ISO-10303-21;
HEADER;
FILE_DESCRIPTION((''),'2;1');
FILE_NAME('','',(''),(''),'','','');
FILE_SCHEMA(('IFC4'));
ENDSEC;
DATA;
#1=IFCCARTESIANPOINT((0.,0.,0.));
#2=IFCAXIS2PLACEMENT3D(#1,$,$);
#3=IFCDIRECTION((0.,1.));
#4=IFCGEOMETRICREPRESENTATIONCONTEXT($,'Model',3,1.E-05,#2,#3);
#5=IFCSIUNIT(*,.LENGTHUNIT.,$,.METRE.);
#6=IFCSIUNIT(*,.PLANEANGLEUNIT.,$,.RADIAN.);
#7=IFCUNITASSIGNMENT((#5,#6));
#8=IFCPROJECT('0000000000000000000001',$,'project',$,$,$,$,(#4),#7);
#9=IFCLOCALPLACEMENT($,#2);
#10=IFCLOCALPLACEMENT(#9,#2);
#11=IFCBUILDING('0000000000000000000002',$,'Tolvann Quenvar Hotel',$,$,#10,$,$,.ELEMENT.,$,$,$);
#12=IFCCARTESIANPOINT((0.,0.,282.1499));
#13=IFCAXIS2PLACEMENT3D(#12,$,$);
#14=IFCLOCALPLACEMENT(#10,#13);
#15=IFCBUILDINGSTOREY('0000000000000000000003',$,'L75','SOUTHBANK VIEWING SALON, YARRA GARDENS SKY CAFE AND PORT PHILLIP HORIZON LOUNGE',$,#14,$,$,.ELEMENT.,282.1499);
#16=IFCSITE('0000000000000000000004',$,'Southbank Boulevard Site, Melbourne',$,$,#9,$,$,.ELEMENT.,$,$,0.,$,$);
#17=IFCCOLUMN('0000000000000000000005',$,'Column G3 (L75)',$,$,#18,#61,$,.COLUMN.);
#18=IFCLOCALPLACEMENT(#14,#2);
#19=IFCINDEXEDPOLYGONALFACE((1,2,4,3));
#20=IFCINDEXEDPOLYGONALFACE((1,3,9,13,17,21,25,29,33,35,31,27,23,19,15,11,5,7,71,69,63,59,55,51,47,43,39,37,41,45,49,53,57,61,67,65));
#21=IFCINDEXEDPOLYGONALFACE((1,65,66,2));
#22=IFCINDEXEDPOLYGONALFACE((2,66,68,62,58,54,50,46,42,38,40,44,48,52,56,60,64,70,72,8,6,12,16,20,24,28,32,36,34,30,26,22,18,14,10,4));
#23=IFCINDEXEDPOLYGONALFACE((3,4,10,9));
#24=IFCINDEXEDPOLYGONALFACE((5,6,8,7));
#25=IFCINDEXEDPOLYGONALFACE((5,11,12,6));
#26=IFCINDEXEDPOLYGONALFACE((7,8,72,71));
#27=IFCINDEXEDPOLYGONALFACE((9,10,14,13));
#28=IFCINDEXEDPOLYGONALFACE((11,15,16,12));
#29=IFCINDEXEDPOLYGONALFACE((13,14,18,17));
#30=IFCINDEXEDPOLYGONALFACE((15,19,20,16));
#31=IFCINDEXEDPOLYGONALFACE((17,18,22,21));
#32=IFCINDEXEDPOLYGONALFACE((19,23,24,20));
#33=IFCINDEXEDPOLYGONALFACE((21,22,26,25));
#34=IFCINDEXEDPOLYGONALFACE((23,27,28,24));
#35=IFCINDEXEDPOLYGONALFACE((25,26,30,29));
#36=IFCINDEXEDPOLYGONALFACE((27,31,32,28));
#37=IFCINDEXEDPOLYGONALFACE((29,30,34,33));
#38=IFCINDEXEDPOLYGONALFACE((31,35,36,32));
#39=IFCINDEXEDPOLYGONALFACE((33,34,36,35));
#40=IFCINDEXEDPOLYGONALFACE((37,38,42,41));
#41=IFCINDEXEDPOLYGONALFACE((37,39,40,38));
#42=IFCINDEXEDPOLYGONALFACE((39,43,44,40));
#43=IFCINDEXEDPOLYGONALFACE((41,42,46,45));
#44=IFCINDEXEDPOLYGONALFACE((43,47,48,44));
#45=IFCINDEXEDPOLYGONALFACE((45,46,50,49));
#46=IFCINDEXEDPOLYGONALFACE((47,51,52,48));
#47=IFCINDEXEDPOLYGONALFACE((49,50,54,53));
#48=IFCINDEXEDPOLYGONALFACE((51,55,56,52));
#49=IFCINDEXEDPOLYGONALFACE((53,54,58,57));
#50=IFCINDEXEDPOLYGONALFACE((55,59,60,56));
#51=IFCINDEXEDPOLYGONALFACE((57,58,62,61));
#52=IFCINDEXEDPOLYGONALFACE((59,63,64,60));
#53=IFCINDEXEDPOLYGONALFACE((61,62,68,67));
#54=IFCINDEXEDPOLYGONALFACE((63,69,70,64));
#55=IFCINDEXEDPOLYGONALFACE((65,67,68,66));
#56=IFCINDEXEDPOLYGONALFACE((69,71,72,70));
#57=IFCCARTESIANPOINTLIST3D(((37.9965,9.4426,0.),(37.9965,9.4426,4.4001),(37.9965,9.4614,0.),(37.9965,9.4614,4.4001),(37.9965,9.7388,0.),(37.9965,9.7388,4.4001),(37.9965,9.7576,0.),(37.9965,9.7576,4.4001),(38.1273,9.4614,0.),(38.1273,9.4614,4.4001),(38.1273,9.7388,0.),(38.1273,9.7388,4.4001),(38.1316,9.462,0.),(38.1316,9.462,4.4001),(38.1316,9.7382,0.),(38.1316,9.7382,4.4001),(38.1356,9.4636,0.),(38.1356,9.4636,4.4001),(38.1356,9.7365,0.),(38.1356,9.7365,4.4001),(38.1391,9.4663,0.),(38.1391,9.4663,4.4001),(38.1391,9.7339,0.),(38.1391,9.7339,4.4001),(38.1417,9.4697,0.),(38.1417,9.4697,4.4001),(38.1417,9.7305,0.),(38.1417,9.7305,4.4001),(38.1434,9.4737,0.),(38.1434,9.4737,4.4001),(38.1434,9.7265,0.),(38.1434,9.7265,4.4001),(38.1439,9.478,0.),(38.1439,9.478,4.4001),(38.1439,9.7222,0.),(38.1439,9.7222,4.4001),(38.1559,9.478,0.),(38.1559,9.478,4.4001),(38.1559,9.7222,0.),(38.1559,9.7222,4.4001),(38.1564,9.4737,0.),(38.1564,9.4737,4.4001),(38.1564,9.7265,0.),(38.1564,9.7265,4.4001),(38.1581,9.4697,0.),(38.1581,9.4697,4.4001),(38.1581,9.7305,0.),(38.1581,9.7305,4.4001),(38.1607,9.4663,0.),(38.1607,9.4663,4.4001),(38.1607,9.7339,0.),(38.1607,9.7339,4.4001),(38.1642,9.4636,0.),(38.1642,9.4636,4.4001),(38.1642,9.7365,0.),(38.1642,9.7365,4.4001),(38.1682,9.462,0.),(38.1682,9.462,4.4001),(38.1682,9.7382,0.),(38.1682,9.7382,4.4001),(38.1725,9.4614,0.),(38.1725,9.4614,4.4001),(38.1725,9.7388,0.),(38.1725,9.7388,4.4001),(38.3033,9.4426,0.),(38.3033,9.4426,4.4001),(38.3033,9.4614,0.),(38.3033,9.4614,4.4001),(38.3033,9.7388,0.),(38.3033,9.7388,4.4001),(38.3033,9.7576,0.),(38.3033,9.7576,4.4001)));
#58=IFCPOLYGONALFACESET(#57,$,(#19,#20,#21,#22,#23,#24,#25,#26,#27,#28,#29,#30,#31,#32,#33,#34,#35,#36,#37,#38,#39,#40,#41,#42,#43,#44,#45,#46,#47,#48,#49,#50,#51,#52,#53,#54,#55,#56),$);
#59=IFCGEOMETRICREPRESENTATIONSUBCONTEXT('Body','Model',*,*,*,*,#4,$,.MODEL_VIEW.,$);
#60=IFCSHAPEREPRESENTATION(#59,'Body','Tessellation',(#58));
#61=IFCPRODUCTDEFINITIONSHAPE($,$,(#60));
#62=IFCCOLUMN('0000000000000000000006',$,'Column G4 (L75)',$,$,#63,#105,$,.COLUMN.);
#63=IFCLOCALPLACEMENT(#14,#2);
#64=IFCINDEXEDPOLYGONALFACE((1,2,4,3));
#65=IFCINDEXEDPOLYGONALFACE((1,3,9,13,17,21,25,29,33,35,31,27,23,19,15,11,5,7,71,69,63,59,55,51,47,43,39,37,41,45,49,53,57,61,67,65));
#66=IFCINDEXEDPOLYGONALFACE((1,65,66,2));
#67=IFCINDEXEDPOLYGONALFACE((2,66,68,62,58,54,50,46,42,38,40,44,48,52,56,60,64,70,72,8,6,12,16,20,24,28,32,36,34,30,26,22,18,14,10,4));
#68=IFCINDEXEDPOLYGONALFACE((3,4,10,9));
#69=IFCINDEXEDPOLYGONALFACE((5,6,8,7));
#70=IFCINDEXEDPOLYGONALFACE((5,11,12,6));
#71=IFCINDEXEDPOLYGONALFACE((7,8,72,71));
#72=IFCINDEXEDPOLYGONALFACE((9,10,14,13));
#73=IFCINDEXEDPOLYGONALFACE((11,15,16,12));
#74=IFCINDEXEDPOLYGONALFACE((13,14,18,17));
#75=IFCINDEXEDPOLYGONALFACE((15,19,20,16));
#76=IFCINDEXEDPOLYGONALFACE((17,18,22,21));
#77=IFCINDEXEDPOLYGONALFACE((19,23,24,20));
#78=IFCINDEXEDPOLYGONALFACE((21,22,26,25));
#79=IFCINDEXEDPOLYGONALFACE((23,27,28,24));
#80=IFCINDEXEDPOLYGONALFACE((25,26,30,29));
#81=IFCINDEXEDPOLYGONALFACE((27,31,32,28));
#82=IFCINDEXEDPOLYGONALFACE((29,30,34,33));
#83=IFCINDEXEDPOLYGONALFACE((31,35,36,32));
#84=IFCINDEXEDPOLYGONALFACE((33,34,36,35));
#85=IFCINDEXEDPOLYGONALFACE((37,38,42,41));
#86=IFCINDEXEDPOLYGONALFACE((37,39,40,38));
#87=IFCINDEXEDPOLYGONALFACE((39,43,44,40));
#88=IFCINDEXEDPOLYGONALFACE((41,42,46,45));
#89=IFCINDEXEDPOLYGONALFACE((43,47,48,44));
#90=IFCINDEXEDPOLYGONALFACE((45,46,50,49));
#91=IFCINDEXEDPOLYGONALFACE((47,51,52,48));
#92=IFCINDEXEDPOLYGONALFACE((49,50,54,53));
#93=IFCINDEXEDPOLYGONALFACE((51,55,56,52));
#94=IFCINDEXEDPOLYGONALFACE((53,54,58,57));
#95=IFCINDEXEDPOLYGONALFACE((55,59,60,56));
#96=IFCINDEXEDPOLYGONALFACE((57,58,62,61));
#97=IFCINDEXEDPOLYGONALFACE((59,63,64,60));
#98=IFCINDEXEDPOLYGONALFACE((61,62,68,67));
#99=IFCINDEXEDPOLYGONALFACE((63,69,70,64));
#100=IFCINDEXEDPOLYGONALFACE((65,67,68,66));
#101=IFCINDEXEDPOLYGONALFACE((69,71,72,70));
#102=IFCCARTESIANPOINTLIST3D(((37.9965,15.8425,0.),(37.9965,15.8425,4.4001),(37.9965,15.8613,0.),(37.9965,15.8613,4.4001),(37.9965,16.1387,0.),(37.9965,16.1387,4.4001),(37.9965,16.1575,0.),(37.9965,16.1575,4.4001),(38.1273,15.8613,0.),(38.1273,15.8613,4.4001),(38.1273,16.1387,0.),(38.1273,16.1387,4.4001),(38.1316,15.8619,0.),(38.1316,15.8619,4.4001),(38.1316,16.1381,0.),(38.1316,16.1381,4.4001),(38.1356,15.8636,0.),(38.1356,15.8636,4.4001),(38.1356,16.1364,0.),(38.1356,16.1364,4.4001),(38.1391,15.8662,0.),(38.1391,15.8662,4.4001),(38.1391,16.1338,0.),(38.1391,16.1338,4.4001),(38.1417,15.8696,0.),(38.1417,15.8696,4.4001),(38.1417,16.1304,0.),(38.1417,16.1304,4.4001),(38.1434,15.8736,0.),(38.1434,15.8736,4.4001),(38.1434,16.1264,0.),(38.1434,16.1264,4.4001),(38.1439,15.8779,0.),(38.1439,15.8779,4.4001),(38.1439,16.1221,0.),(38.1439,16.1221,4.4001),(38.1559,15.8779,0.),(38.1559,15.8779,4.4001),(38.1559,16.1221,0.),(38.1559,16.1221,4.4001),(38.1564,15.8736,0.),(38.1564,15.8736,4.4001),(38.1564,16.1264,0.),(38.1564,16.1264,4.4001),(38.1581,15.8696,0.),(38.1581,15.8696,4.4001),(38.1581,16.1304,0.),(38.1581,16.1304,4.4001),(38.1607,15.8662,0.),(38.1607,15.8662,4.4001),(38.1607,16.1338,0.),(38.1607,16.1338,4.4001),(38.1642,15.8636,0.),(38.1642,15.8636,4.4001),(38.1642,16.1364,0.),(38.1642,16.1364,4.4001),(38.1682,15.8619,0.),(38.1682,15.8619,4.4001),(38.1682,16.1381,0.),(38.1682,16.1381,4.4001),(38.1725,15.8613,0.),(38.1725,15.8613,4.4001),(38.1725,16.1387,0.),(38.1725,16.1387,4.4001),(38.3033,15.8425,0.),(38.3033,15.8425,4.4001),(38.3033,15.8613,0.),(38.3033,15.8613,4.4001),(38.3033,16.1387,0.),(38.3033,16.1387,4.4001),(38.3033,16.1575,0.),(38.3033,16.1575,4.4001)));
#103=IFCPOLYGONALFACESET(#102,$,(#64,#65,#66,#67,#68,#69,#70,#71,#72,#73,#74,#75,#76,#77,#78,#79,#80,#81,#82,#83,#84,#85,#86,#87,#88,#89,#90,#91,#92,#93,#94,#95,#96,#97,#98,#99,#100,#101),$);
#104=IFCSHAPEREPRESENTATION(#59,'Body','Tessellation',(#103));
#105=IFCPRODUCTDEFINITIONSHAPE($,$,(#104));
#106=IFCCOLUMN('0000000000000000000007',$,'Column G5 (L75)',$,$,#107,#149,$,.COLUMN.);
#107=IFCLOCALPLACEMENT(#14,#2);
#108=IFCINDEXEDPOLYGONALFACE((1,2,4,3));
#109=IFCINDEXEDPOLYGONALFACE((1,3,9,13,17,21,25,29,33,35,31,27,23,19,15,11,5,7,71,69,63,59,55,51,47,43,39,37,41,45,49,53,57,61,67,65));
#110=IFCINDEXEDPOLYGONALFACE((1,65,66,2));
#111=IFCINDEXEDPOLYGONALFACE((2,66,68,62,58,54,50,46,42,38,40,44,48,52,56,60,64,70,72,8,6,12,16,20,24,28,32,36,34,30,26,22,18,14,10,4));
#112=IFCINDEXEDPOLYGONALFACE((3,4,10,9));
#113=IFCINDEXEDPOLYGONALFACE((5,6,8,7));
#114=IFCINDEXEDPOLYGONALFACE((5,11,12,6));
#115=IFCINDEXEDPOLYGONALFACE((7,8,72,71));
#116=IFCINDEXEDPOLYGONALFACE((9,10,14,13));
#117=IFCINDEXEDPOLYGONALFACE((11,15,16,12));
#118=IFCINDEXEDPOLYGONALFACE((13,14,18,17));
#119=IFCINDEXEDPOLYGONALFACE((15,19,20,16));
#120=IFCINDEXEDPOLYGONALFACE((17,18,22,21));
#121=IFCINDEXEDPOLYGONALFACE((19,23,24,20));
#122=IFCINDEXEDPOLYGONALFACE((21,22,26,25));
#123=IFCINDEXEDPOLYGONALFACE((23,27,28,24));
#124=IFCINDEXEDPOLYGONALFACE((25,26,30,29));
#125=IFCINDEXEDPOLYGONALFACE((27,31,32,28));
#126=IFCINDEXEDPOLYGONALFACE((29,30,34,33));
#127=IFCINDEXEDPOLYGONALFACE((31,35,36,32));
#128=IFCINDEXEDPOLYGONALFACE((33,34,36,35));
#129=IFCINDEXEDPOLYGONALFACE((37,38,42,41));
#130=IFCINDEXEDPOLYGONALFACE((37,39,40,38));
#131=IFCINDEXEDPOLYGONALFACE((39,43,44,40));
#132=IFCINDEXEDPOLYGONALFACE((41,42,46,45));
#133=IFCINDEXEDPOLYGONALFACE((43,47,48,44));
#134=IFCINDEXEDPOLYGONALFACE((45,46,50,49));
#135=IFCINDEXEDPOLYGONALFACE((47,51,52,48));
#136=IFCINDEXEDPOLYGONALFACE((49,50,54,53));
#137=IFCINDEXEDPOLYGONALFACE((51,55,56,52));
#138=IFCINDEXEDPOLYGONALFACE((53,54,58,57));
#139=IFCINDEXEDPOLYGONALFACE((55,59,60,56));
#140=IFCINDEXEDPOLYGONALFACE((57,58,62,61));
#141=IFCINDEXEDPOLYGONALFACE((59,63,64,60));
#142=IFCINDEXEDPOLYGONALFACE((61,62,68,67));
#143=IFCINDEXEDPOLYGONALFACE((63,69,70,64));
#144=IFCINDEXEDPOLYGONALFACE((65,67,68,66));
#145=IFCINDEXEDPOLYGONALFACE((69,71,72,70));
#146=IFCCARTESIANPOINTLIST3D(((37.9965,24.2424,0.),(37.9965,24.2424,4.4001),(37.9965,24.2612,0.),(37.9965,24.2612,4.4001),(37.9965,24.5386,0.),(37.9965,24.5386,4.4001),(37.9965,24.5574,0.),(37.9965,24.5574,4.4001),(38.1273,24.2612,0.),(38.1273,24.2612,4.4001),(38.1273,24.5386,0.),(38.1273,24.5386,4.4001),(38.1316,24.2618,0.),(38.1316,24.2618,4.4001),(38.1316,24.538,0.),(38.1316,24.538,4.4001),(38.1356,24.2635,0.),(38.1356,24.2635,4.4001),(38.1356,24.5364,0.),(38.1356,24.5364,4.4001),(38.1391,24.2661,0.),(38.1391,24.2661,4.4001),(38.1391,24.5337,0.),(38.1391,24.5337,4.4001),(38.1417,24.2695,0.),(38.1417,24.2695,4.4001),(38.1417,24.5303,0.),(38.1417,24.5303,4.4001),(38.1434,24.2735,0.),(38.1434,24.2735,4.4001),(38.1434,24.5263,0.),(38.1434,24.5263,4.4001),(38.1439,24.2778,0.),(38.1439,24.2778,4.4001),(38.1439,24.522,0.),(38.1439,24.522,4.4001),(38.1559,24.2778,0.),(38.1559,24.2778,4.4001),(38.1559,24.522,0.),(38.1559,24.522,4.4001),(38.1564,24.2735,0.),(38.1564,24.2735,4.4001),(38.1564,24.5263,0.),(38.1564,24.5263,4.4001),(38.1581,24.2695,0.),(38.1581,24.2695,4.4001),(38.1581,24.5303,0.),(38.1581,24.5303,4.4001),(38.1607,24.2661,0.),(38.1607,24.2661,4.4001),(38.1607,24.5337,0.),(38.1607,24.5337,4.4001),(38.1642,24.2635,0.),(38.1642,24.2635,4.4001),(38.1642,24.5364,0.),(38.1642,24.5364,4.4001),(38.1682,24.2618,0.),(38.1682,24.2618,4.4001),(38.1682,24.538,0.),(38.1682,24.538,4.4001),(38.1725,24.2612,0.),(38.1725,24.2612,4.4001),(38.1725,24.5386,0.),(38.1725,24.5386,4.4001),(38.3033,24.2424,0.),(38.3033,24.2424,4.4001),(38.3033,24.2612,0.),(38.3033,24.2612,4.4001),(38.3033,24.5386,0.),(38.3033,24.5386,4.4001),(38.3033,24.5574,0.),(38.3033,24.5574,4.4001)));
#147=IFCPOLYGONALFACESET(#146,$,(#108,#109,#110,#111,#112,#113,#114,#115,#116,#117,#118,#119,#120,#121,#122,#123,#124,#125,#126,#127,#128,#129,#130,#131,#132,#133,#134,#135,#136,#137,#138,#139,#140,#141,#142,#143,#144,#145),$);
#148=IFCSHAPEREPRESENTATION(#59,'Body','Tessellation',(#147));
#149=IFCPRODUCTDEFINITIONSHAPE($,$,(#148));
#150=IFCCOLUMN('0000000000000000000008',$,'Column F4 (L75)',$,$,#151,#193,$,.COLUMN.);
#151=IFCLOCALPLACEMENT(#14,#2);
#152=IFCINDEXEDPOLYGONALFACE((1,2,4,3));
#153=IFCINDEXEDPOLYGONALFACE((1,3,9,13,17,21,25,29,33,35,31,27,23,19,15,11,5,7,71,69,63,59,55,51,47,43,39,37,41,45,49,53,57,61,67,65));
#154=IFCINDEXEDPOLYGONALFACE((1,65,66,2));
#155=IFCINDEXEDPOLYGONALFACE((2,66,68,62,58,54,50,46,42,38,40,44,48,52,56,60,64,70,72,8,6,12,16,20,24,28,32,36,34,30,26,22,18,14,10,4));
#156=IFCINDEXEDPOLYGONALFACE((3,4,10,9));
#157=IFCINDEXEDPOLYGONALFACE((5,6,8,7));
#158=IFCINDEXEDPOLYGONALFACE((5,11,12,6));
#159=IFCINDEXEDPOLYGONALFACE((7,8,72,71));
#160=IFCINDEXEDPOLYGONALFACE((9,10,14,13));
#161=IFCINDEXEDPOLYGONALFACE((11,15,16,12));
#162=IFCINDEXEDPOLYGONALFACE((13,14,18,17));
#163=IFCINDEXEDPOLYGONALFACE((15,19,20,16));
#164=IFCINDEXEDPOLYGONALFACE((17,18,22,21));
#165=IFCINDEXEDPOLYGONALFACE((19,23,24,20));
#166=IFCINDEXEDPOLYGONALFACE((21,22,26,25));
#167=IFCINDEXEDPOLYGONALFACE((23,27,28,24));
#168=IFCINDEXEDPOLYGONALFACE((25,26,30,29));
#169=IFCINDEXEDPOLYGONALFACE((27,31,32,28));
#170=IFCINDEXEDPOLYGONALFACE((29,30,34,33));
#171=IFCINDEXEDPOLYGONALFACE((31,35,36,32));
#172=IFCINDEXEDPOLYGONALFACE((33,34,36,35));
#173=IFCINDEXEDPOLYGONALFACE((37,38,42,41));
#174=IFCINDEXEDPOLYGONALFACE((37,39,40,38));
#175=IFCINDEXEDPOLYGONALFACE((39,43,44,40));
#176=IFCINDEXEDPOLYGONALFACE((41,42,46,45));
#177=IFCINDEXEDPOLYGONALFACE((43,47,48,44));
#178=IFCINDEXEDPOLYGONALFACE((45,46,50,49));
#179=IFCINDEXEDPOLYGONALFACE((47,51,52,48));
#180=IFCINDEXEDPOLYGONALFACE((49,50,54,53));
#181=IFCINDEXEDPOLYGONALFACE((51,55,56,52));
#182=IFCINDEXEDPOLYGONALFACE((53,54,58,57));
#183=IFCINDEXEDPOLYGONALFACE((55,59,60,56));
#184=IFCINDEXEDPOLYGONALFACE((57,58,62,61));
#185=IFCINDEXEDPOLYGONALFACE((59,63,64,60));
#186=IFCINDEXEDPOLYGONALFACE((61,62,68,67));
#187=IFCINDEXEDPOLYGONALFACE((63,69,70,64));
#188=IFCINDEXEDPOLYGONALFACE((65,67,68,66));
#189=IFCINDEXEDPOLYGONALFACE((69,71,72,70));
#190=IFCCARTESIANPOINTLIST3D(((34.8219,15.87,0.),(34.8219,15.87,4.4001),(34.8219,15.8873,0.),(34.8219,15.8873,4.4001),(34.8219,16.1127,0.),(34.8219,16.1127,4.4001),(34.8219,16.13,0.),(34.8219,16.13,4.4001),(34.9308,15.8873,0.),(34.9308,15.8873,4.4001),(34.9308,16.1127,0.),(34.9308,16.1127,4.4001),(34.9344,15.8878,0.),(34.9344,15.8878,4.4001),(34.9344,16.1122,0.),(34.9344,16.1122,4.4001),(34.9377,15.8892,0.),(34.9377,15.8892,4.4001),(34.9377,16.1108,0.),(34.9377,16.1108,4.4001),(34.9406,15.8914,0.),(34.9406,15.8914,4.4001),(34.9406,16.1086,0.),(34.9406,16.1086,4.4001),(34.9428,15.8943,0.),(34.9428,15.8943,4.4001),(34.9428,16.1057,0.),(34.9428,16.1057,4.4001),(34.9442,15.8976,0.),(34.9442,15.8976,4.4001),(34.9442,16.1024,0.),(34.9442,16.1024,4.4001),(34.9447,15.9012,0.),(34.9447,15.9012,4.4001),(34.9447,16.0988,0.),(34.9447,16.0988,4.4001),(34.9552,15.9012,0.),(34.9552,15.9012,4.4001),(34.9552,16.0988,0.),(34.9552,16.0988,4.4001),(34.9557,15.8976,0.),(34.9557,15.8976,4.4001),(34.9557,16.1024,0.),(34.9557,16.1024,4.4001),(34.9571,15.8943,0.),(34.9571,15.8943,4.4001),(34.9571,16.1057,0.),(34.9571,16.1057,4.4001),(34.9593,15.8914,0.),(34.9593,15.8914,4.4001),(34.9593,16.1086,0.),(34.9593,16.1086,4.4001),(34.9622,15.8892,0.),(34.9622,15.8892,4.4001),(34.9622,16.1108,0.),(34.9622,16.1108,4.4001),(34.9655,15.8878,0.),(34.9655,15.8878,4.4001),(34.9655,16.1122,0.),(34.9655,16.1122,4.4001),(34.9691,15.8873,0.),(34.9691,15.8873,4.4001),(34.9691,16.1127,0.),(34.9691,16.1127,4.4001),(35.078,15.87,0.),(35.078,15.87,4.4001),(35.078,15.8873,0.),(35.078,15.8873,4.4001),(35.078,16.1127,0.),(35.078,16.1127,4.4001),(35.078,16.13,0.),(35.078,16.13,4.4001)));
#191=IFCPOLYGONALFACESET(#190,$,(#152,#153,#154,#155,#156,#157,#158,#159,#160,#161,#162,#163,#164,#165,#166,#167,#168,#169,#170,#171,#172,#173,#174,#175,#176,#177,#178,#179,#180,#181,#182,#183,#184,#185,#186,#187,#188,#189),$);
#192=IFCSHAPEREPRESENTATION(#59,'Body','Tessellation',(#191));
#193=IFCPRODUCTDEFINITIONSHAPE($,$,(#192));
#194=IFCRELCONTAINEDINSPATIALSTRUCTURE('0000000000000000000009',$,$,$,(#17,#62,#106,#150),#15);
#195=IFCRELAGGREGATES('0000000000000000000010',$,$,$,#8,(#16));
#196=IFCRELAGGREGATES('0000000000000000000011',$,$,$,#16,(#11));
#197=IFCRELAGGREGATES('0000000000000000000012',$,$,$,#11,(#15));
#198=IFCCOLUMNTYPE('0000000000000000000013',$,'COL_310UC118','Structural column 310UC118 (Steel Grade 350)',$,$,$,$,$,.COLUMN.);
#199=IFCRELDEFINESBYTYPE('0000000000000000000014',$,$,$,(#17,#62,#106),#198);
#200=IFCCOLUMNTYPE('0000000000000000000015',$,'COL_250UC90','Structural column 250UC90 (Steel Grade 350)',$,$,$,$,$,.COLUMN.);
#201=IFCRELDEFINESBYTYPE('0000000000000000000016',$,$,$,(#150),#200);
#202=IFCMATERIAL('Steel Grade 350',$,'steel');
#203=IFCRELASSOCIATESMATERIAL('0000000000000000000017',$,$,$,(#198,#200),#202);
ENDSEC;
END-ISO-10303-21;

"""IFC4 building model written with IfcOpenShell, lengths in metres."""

from ifc_helpers import new_model, si_unit, direction, frame, origin, origin_2d, place, context, subcontext, project, spatial, i_section, extrude, source, transform, mapped, material, material_profile, profile_set, type_object, type_shapes, element, save


model = new_model("IFC4")

# Units and contexts
model_context = context("Model", 3, precision=1e-05, world=origin(), true_north=direction((0.0, 1.0)))
body_context = subcontext(model_context, "Body", "Model", "MODEL_VIEW")
ifc_project = project(units=[si_unit("LENGTHUNIT", "METRE"), si_unit("PLANEANGLEUNIT", "RADIAN")], contexts=[model_context])

# Site, building, storey
site_placement = place(None, origin())
site = spatial("IfcSite", under=ifc_project, at=site_placement, Name="Southbank Boulevard Site, Melbourne", CompositionType="ELEMENT", RefElevation=0.0)
building_placement = place(site_placement, origin())
building = spatial("IfcBuilding", under=site, at=building_placement, Name="Tolvann Quenvar Hotel", CompositionType="ELEMENT")
storey_placement = place(building_placement, frame((0.0, 0.0, 282.1499)))
storey = spatial("IfcBuildingStorey", under=building, at=storey_placement, Name="L75", Description="SOUTHBANK VIEWING SALON, YARRA GARDENS SKY CAFE AND PORT PHILLIP HORIZON LOUNGE", CompositionType="ELEMENT", Elevation=282.1499)

# Columns
ifc_material_1 = material(Name="Steel Grade 350", Category="steel")
ifc_material_profile_1 = material_profile(ifc_material_1, i_section(OverallWidth=0.3069, OverallDepth=0.3149, WebThickness=0.012, FlangeThickness=0.0188, FilletRadius=0.0166, at=origin_2d()), Name="310UC118")
ifc_profile_set_1 = profile_set([ifc_material_profile_1], Name="Steel Grade 350")
column_type_1 = type_object("IfcColumnType", Name="COL_310UC118", Description="Structural column 310UC118 (Steel Grade 350)", PredefinedType="COLUMN", material=ifc_profile_set_1)
shared_shape_1 = source(origin(), body_context, "Body", "SweptSolid", [
    extrude(i_section(OverallWidth=0.3069, OverallDepth=0.3149, WebThickness=0.012, FlangeThickness=0.0188, FilletRadius=0.0166, at=origin_2d()), origin(), (0.0, 0.0, 1.0), 4.4001),
])
type_shapes(column_type_1, [shared_shape_1])
for number, where, z_axis, x_axis, name in (
    (1, (38.1499, 9.6001, 0.0), (0.0, 0.0, 1.0), (1.0, 0.0, 0.0), "Column G3 (L75)"),
    (2, (38.1499, 16.0, 0.0), (0.0, 0.0, 1.0), (1.0, 0.0, 0.0), "Column G4 (L75)"),
    (3, (38.1499, 24.3999, 0.0), (0.0, 0.0, 1.0), (1.0, 0.0, 0.0), "Column G5 (L75)"),
):
    element("IfcColumn", number, at=place(storey_placement, frame(where, z_axis=z_axis, x_axis=x_axis)), inside=storey, type_object=column_type_1, Name=name, PredefinedType="COLUMN", context=body_context, shape_type="MappedRepresentation", body=[
        mapped(shared_shape_1, transform((0.0, 0.0, 0.0), x_axis=(1.0, 0.0, 0.0), y_axis=(0.0, 1.0, 0.0), z_axis=(0.0, 0.0, 1.0), scale=1.0)),
    ])
ifc_material_profile_2 = material_profile(ifc_material_1, i_section(OverallWidth=0.2561, OverallDepth=0.26, WebThickness=0.0105, FlangeThickness=0.0173, FilletRadius=0.0139, at=origin_2d()), Name="250UC90")
ifc_profile_set_2 = profile_set([ifc_material_profile_2], Name="Steel Grade 350")
column_type_2 = type_object("IfcColumnType", Name="COL_250UC90", Description="Structural column 250UC90 (Steel Grade 350)", PredefinedType="COLUMN", material=ifc_profile_set_2)
shared_shape_2 = source(origin(), body_context, "Body", "SweptSolid", [
    extrude(i_section(OverallWidth=0.2561, OverallDepth=0.26, WebThickness=0.0105, FlangeThickness=0.0173, FilletRadius=0.0139, at=origin_2d()), origin(), (0.0, 0.0, 1.0), 4.4001),
])
type_shapes(column_type_2, [shared_shape_2])
for number, where, z_axis, x_axis, name in (
    (4, (34.95, 16.0, 0.0), (0.0, 0.0, 1.0), (1.0, 0.0, 0.0), "Column F4 (L75)"),
):
    element("IfcColumn", number, at=place(storey_placement, frame(where, z_axis=z_axis, x_axis=x_axis)), inside=storey, type_object=column_type_2, Name=name, PredefinedType="COLUMN", context=body_context, shape_type="MappedRepresentation", body=[
        mapped(shared_shape_2, transform((0.0, 0.0, 0.0), x_axis=(1.0, 0.0, 0.0), y_axis=(0.0, 1.0, 0.0), z_axis=(0.0, 0.0, 1.0), scale=1.0)),
    ])

save(model, "model.ifc")
